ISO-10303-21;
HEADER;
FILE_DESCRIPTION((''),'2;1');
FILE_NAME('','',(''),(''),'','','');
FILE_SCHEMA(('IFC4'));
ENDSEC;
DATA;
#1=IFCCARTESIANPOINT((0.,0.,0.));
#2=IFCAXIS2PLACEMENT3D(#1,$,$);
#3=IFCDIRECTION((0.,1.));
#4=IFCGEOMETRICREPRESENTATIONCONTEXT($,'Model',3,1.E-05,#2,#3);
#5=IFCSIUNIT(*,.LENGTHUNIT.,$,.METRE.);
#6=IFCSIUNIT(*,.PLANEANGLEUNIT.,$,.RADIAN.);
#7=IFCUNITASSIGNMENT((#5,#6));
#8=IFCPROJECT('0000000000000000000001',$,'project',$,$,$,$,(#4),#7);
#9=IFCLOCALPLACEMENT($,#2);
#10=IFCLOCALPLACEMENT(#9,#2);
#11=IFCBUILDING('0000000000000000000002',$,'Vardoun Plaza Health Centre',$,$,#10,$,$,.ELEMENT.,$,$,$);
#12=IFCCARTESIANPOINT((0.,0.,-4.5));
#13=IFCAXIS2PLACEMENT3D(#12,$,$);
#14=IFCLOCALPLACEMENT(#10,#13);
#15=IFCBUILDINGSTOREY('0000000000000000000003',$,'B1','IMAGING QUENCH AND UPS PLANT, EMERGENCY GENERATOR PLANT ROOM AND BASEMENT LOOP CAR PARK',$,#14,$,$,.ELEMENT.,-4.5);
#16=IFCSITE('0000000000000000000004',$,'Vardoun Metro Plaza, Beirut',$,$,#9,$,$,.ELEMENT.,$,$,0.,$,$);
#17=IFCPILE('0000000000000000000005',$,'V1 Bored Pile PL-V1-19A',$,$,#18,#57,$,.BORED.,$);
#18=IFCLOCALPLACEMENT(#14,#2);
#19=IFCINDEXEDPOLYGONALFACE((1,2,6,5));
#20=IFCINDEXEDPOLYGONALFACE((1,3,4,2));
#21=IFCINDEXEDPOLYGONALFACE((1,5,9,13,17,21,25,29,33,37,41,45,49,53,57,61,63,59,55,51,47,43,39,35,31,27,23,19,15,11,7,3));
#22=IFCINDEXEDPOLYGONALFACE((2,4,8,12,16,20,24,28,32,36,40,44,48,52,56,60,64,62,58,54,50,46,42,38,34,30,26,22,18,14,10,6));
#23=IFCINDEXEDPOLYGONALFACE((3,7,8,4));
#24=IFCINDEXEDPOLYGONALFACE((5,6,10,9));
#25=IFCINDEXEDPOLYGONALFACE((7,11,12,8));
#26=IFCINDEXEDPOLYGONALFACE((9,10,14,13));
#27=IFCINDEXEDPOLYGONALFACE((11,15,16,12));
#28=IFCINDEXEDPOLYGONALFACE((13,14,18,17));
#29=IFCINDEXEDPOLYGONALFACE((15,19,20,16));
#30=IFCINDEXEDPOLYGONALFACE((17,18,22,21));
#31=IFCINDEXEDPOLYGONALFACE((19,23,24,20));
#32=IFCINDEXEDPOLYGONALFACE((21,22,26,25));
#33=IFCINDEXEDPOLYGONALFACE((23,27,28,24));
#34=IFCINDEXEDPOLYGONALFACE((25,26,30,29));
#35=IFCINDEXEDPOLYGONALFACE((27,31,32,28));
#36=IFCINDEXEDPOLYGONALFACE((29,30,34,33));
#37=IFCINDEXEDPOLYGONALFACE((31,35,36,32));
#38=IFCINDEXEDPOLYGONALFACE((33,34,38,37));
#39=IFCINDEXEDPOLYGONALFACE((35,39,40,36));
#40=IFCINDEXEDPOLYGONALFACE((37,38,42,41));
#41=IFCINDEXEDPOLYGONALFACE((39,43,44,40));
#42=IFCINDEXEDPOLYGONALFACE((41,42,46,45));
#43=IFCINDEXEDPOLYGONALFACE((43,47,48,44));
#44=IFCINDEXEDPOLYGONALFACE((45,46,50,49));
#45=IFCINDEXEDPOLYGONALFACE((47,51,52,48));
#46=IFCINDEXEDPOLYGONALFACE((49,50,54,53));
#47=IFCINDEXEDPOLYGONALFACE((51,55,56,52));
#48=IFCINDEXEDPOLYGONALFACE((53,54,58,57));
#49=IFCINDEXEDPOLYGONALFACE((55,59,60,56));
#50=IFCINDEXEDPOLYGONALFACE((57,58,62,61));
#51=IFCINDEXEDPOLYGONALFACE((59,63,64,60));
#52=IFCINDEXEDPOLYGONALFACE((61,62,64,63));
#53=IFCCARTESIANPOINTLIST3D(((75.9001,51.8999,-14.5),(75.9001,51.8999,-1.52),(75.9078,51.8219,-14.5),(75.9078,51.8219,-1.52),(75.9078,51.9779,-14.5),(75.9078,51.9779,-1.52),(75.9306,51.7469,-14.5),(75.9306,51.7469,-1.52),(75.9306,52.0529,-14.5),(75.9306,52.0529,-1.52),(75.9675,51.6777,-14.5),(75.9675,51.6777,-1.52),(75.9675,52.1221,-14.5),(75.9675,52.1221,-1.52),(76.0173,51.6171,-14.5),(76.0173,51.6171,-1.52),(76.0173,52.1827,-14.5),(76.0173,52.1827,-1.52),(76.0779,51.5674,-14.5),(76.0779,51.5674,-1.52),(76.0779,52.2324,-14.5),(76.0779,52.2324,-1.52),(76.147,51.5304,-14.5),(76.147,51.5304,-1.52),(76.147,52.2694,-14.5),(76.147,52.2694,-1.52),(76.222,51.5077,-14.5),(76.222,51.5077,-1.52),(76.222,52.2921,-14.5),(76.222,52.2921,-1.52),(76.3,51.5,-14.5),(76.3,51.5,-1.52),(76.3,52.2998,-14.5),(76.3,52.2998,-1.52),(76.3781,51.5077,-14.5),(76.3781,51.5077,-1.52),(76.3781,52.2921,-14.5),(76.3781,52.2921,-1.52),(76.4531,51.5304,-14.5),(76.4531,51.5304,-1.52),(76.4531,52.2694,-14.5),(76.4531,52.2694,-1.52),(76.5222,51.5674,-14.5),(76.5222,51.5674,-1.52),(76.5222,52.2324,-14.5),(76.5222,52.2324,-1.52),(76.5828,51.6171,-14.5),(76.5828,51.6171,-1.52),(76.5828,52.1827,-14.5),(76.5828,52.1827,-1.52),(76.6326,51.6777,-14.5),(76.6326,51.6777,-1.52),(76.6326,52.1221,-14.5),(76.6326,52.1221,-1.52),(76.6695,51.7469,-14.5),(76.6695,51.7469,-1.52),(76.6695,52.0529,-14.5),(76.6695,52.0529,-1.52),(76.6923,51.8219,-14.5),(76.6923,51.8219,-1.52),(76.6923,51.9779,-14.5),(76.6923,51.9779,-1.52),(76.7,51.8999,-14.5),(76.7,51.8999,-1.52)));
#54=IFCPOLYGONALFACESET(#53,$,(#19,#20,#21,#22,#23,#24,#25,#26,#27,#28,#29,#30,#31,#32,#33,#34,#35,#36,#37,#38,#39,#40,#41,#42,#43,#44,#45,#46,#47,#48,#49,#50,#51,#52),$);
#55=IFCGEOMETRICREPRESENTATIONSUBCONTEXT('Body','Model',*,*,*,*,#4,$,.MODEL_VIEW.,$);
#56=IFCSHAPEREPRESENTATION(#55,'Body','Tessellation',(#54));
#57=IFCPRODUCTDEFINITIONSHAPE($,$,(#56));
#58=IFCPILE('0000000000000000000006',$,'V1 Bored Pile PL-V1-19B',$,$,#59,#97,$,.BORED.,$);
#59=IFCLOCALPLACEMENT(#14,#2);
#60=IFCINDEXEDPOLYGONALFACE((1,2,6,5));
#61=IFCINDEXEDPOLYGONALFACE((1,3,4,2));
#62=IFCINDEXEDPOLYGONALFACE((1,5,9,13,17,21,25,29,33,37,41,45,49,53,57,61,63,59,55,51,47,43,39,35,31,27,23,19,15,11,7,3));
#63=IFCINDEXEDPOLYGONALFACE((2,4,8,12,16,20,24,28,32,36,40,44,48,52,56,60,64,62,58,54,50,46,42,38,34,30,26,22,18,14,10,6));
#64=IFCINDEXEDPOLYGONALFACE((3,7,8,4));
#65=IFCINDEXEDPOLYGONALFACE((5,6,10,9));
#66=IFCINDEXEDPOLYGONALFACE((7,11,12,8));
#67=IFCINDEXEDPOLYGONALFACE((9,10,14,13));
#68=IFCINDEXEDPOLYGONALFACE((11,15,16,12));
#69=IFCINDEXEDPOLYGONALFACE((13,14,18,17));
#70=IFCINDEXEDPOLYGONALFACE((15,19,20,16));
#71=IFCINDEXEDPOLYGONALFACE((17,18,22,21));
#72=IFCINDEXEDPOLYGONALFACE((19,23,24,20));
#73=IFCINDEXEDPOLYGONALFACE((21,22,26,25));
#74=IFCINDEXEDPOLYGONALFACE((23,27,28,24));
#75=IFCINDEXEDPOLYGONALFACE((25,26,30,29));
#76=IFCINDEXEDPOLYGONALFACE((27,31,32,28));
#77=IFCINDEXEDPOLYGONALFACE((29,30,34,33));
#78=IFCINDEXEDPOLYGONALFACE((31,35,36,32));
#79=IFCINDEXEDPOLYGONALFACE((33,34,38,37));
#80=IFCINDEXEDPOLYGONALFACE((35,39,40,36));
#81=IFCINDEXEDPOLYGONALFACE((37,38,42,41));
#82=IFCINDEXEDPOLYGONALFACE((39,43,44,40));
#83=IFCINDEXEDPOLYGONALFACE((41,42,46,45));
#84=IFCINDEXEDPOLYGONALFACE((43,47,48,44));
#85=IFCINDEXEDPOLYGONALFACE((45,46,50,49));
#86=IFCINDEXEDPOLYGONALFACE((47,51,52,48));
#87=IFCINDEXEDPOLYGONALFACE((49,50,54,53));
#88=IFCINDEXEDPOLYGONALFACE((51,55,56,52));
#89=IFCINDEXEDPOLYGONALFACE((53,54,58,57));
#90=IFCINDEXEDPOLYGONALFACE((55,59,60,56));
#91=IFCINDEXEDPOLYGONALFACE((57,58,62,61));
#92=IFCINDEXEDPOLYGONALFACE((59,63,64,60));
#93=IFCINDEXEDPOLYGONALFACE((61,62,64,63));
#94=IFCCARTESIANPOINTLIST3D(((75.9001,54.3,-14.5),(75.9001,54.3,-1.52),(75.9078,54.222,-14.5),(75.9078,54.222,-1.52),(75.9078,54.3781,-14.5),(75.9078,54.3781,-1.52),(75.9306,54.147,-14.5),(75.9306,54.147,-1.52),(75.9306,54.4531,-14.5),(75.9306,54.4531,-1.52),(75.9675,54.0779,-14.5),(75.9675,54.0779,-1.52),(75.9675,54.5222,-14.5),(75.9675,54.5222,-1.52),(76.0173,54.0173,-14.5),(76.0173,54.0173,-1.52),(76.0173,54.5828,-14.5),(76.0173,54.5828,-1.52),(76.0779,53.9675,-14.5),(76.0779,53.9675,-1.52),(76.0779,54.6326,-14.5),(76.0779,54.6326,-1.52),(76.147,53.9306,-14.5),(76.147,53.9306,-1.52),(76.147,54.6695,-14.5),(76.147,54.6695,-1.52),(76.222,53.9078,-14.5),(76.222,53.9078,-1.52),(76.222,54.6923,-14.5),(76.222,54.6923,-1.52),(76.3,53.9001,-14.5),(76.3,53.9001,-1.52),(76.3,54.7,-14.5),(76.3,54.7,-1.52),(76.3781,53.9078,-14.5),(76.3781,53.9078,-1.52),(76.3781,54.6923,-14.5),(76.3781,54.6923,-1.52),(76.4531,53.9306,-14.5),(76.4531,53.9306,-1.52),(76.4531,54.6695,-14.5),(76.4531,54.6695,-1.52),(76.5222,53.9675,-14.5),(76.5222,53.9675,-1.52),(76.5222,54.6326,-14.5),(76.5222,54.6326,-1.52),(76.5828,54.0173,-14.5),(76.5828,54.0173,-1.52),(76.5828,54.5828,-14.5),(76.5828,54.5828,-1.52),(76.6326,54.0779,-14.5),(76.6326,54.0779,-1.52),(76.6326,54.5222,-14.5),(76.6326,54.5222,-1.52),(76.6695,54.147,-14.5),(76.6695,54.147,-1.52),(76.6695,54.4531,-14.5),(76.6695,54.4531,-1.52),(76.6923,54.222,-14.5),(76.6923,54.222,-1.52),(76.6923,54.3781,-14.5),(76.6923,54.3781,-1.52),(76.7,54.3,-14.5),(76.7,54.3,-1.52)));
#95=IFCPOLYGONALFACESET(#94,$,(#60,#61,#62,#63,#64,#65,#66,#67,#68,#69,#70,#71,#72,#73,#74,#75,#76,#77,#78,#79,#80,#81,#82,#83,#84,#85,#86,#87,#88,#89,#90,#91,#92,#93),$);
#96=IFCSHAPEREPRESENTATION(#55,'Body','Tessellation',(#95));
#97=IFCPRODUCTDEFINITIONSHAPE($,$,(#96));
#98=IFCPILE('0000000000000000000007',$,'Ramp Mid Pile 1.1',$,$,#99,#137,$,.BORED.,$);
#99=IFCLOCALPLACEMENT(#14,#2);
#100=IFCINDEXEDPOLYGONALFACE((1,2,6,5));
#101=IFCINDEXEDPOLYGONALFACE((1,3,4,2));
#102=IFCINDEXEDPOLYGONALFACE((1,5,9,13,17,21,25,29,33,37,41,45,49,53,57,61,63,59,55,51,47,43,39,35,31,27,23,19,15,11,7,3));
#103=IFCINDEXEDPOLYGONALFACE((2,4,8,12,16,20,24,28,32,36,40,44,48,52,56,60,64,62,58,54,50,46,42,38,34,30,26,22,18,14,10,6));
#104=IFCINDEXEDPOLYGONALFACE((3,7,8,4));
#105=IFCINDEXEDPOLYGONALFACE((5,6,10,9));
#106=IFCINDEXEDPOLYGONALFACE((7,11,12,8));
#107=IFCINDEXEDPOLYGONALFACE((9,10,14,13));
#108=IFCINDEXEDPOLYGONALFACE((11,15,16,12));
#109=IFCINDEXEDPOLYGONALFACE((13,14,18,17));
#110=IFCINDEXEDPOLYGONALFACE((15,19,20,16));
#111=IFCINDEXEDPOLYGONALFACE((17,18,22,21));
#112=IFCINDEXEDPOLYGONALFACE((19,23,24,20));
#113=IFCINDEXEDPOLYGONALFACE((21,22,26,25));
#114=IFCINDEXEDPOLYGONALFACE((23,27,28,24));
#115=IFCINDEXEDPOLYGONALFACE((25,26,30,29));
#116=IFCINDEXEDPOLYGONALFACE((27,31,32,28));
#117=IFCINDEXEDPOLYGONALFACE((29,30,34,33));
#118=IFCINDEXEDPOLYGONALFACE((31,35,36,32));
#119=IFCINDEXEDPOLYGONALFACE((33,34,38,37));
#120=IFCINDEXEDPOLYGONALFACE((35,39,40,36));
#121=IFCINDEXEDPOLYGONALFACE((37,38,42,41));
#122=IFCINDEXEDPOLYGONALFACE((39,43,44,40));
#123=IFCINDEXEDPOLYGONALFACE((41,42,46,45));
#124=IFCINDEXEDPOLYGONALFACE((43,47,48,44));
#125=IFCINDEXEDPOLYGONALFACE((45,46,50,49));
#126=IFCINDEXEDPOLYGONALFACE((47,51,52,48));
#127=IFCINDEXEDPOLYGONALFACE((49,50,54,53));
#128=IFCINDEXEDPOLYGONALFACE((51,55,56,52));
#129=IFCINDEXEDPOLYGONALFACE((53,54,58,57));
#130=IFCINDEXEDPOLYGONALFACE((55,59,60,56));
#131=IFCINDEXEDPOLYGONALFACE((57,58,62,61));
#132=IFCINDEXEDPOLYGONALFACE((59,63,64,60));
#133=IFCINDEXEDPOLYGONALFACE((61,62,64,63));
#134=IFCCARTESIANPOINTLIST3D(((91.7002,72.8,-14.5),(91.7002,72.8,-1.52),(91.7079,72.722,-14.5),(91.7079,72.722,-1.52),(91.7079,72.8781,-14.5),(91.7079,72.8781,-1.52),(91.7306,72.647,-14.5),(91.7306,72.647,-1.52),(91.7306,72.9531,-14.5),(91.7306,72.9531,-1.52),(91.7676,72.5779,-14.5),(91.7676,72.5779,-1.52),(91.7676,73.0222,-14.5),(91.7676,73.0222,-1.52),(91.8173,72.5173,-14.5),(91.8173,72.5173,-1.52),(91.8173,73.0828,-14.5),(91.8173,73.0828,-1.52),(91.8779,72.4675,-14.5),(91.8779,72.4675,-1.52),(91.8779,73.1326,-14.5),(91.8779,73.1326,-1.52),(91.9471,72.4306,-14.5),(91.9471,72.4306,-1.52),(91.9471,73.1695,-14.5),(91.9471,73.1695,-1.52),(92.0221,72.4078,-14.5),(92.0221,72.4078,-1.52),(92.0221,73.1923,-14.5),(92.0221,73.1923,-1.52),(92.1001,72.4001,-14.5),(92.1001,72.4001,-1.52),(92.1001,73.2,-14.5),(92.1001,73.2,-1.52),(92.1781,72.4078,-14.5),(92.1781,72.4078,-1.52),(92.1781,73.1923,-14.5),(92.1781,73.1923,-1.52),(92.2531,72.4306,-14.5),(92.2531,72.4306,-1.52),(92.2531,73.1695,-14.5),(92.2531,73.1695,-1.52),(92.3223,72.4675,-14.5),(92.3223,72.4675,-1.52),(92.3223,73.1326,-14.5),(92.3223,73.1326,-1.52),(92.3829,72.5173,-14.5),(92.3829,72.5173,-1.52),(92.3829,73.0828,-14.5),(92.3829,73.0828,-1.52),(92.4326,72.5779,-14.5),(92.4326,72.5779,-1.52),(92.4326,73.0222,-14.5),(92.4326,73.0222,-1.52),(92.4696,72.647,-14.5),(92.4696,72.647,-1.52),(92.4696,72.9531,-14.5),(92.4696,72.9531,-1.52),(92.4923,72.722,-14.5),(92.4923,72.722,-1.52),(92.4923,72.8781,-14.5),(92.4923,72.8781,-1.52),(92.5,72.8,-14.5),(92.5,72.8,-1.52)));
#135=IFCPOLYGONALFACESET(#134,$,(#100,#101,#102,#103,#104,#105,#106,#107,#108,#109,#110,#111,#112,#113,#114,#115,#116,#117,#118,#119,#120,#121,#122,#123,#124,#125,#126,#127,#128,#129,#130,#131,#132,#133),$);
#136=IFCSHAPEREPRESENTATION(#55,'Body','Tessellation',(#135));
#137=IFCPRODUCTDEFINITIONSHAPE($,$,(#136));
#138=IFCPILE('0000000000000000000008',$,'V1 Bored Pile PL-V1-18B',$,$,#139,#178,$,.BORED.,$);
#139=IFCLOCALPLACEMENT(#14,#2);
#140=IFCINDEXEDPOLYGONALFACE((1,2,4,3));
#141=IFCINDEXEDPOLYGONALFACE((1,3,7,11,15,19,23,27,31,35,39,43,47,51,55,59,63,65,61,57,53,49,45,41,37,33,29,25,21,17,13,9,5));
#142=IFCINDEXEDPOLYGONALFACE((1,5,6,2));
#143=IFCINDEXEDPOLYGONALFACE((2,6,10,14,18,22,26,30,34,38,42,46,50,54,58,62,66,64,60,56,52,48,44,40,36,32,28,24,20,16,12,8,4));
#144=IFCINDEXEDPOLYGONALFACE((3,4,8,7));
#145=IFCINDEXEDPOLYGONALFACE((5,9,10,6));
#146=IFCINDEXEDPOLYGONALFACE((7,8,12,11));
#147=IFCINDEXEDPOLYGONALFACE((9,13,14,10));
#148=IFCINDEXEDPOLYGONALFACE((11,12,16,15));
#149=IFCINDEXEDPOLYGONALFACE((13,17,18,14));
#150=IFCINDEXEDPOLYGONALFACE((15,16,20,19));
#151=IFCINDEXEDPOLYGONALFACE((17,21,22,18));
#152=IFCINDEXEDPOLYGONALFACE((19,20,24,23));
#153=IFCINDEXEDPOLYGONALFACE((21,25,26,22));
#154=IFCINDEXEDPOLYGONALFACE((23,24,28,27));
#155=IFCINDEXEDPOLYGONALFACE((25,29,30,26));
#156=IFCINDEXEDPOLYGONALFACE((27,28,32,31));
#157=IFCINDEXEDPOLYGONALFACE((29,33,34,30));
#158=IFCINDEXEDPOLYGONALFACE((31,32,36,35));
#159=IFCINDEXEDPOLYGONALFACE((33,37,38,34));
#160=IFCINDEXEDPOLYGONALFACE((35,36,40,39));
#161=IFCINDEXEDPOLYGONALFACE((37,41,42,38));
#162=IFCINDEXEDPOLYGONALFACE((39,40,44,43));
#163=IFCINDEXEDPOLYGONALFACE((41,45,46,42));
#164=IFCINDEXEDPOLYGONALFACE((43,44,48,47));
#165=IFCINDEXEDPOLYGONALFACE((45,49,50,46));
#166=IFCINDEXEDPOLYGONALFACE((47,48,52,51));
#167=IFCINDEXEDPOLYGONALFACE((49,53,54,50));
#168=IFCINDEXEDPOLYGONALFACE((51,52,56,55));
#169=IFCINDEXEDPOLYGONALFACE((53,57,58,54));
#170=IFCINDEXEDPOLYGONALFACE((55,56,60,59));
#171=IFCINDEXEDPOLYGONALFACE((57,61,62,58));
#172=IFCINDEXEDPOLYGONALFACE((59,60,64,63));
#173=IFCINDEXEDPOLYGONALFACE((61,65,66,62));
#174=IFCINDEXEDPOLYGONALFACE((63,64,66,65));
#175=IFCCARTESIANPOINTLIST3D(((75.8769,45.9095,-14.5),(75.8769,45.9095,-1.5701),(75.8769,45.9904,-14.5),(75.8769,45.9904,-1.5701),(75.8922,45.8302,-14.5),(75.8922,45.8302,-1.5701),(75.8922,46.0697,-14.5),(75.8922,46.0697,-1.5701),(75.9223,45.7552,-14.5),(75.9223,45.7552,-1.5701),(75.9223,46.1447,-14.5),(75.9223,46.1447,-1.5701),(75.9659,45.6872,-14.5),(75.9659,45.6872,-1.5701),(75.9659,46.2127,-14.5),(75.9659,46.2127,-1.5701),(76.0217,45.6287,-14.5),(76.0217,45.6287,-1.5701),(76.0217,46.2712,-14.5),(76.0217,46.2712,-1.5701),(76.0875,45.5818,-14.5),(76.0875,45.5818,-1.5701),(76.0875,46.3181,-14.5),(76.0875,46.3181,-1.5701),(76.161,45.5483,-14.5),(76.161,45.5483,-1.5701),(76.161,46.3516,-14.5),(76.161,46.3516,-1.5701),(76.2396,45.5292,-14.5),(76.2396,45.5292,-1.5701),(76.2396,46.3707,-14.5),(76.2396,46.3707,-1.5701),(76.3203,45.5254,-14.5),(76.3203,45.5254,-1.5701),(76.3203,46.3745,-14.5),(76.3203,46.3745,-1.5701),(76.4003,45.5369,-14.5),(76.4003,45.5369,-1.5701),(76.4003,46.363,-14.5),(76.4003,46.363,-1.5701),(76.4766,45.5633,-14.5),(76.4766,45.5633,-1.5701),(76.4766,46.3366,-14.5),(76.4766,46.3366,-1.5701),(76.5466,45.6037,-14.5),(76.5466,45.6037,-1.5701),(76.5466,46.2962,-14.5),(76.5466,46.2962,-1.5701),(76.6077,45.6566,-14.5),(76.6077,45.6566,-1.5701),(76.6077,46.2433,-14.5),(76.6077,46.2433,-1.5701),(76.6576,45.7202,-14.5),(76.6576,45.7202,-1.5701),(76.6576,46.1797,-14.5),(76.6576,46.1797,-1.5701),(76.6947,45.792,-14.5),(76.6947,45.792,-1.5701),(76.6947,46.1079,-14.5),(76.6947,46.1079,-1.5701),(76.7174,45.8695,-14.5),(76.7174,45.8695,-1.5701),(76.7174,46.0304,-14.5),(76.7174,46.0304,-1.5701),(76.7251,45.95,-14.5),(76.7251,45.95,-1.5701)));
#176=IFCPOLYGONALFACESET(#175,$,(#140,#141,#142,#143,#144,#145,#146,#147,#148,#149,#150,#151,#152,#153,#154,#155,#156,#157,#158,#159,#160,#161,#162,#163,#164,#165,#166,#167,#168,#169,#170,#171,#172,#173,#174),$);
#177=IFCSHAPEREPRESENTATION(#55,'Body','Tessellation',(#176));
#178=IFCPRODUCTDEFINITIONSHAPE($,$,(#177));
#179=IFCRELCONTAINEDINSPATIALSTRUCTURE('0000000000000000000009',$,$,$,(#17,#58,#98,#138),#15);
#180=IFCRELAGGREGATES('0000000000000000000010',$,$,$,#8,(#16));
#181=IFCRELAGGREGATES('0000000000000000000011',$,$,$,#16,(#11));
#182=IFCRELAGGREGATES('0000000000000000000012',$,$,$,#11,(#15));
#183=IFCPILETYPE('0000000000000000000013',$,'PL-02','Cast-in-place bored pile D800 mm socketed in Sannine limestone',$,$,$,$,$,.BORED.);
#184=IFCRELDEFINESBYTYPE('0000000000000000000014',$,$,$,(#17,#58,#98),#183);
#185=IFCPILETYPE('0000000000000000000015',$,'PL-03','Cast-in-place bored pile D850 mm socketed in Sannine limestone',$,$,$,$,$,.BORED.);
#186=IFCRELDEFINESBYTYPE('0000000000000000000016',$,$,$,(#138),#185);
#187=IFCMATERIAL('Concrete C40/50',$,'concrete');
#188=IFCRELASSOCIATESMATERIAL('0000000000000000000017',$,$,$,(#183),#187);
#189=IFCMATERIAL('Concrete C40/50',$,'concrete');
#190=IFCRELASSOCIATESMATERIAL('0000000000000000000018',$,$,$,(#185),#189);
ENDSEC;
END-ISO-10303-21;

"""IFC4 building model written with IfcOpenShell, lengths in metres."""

from ifc_helpers import new_model, si_unit, direction, frame, origin, origin_2d, place, context, subcontext, project, spatial, circle, extrude, material, material_profile, profile_set, type_object, element, save


model = new_model("IFC4")

# Units and contexts
model_context = context("Model", 3, precision=1e-05, world=origin(), true_north=direction((0.0, 1.0)))
body_context = subcontext(model_context, "Body", "Model", "MODEL_VIEW")
ifc_project = project(units=[si_unit("LENGTHUNIT", "METRE"), si_unit("PLANEANGLEUNIT", "RADIAN")], contexts=[model_context])

# Site, building, storey
site_placement = place(None, origin())
site = spatial("IfcSite", under=ifc_project, at=site_placement, Name="Vardoun Metro Plaza, Beirut", CompositionType="ELEMENT", RefElevation=0.0)
building_placement = place(site_placement, origin())
building = spatial("IfcBuilding", under=site, at=building_placement, Name="Vardoun Plaza Health Centre", CompositionType="ELEMENT")
storey_placement = place(building_placement, frame((0.0, 0.0, -4.5)))
storey = spatial("IfcBuildingStorey", under=building, at=storey_placement, Name="B1", Description="IMAGING QUENCH AND UPS PLANT, EMERGENCY GENERATOR PLANT ROOM AND BASEMENT LOOP CAR PARK", CompositionType="ELEMENT", Elevation=-4.5)

# Piles
ifc_material_1 = material(Name="Concrete C40/50", Category="concrete")
ifc_material_profile_1 = material_profile(ifc_material_1, circle(Radius=0.3999, at=origin_2d()), Name="PILE D800")
ifc_profile_set_1 = profile_set([ifc_material_profile_1], Name="Concrete C40/50")
pile_type_1 = type_object("IfcPileType", Name="PL-02", Description="Cast-in-place bored pile D800 mm socketed in Sannine limestone", PredefinedType="BORED", material=ifc_profile_set_1)
for number, where, z_axis, x_axis, name in (
    (1, (76.3, 51.8999, -1.52), (0.0, 0.0, -1.0), (1.0, 0.0, 0.0), "V1 Bored Pile PL-V1-19A"),
    (2, (76.3, 54.3, -1.52), (0.0, 0.0, -1.0), (1.0, 0.0, 0.0), "V1 Bored Pile PL-V1-19B"),
    (3, (92.1001, 72.8, -1.52), (0.0, 0.0, -1.0), (1.0, 0.0, 0.0), "Ramp Mid Pile 1.1"),
):
    element("IfcPile", number, at=place(storey_placement, frame(where, z_axis=z_axis, x_axis=x_axis)), inside=storey, type_object=pile_type_1, Name=name, PredefinedType="BORED", context=body_context, shape_type="SweptSolid", body=[
        extrude(circle(Radius=0.3999, at=origin_2d()), origin(), (0.0, 0.0, 1.0), 12.98),
    ])
ifc_material_2 = material(Name="Concrete C40/50", Category="concrete")
ifc_material_profile_2 = material_profile(ifc_material_2, circle(Radius=0.425, at=origin_2d()), Name="PILE D850")
ifc_profile_set_2 = profile_set([ifc_material_profile_2], Name="Concrete C40/50")
pile_type_2 = type_object("IfcPileType", Name="PL-03", Description="Cast-in-place bored pile D850 mm socketed in Sannine limestone", PredefinedType="BORED", material=ifc_profile_set_2)
for number, where, z_axis, x_axis, name in (
    (4, (76.3, 45.95, -1.5701), (0.0, 0.0, -1.0), (1.0, 0.0, 0.0), "V1 Bored Pile PL-V1-18B"),
):
    element("IfcPile", number, at=place(storey_placement, frame(where, z_axis=z_axis, x_axis=x_axis)), inside=storey, type_object=pile_type_2, Name=name, PredefinedType="BORED", context=body_context, shape_type="SweptSolid", body=[
        extrude(circle(Radius=0.425, at=origin_2d()), origin(), (0.0, 0.0, 1.0), 12.9299),
    ])

save(model, "model.ifc")
